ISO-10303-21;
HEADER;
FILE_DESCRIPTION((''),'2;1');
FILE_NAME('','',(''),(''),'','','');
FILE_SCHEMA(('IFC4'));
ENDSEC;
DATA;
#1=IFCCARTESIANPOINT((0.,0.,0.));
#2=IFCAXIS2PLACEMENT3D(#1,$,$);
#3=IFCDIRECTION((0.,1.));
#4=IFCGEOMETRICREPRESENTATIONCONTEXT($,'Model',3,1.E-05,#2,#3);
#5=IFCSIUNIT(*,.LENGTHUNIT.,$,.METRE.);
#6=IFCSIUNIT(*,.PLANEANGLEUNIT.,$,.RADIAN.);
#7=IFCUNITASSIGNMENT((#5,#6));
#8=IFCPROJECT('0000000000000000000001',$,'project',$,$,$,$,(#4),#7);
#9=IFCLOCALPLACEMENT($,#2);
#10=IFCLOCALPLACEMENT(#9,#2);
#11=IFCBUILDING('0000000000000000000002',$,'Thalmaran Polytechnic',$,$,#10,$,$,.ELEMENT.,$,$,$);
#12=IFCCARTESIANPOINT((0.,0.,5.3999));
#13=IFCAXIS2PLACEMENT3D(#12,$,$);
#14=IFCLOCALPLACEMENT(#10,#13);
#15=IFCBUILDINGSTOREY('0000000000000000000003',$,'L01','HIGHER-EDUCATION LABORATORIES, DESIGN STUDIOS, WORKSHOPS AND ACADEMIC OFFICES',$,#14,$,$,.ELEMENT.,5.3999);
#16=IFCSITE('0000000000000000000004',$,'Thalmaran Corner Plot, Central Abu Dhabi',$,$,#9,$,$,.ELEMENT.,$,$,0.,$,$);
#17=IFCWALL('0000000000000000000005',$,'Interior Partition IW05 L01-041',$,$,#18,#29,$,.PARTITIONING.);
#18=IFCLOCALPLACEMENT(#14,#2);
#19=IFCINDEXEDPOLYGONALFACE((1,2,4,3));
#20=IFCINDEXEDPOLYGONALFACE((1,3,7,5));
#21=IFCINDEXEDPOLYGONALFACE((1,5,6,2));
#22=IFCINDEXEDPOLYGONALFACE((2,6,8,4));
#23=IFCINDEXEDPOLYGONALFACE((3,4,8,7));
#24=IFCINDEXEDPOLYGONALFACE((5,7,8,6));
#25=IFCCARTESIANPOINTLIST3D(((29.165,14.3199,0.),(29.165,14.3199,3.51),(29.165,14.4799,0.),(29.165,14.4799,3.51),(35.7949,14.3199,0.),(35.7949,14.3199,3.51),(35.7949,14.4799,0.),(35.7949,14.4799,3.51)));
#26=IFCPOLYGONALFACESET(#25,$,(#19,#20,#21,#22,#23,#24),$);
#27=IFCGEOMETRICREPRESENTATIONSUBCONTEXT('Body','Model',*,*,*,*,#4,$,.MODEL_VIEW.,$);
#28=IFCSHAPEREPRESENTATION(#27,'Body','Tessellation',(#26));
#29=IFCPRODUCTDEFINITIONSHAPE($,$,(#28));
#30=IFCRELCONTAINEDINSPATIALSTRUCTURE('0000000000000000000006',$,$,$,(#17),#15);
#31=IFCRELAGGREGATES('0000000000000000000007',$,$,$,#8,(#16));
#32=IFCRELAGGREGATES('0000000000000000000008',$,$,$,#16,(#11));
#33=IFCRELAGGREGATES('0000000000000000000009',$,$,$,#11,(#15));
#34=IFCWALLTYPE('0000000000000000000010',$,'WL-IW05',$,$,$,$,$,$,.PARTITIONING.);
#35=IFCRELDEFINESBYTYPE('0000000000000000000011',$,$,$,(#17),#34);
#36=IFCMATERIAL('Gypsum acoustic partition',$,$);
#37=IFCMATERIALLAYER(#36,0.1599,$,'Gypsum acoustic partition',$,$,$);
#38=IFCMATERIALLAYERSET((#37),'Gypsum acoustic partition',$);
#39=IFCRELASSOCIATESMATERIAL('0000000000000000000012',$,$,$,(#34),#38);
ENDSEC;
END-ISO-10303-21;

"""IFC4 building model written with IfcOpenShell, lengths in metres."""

from ifc_helpers import new_model, si_unit, direction, frame, frame_2d, origin, place, context, subcontext, project, spatial, rectangle, extrude, material, layer, layer_set, type_object, element, save


model = new_model("IFC4")

# Units and contexts
model_context = context("Model", 3, precision=1e-05, world=origin(), true_north=direction((0.0, 1.0)))
body_context = subcontext(model_context, "Body", "Model", "MODEL_VIEW")
ifc_project = project(units=[si_unit("LENGTHUNIT", "METRE"), si_unit("PLANEANGLEUNIT", "RADIAN")], contexts=[model_context])

# Site, building, storey
site_placement = place(None, origin())
site = spatial("IfcSite", under=ifc_project, at=site_placement, Name="Thalmaran Corner Plot, Central Abu Dhabi", CompositionType="ELEMENT", RefElevation=0.0)
building_placement = place(site_placement, origin())
building = spatial("IfcBuilding", under=site, at=building_placement, Name="Thalmaran Polytechnic", CompositionType="ELEMENT")
storey_placement = place(building_placement, frame((0.0, 0.0, 5.3999)))
storey = spatial("IfcBuildingStorey", under=building, at=storey_placement, Name="L01", Description="HIGHER-EDUCATION LABORATORIES, DESIGN STUDIOS, WORKSHOPS AND ACADEMIC OFFICES", CompositionType="ELEMENT", Elevation=5.3999)

# Wall
ifc_material_1 = material(Name="Gypsum acoustic partition")
ifc_layer_1 = layer(ifc_material_1, 0.1599, Name="Gypsum acoustic partition")
ifc_layer_set_1 = layer_set([ifc_layer_1], Name="Gypsum acoustic partition")
wall_type = type_object("IfcWallType", Name="WL-IW05", PredefinedType="PARTITIONING", material=ifc_layer_set_1)
wall_placement = place(storey_placement, frame((29.165, 14.3999, 0.0), z_axis=(0.0, 0.0, 1.0), x_axis=(1.0, 0.0, 0.0)))
element("IfcWall", 1, at=wall_placement, inside=storey, type_object=wall_type, Name="Interior Partition IW05 L01-041", PredefinedType="PARTITIONING", context=body_context, shape_type="SweptSolid", body=[
    extrude(rectangle(XDim=6.6299, YDim=0.1599, at=frame_2d((3.3149, 0.0))), origin(), (0.0, 0.0, 1.0), 3.51),
])

save(model, "model.ifc")
